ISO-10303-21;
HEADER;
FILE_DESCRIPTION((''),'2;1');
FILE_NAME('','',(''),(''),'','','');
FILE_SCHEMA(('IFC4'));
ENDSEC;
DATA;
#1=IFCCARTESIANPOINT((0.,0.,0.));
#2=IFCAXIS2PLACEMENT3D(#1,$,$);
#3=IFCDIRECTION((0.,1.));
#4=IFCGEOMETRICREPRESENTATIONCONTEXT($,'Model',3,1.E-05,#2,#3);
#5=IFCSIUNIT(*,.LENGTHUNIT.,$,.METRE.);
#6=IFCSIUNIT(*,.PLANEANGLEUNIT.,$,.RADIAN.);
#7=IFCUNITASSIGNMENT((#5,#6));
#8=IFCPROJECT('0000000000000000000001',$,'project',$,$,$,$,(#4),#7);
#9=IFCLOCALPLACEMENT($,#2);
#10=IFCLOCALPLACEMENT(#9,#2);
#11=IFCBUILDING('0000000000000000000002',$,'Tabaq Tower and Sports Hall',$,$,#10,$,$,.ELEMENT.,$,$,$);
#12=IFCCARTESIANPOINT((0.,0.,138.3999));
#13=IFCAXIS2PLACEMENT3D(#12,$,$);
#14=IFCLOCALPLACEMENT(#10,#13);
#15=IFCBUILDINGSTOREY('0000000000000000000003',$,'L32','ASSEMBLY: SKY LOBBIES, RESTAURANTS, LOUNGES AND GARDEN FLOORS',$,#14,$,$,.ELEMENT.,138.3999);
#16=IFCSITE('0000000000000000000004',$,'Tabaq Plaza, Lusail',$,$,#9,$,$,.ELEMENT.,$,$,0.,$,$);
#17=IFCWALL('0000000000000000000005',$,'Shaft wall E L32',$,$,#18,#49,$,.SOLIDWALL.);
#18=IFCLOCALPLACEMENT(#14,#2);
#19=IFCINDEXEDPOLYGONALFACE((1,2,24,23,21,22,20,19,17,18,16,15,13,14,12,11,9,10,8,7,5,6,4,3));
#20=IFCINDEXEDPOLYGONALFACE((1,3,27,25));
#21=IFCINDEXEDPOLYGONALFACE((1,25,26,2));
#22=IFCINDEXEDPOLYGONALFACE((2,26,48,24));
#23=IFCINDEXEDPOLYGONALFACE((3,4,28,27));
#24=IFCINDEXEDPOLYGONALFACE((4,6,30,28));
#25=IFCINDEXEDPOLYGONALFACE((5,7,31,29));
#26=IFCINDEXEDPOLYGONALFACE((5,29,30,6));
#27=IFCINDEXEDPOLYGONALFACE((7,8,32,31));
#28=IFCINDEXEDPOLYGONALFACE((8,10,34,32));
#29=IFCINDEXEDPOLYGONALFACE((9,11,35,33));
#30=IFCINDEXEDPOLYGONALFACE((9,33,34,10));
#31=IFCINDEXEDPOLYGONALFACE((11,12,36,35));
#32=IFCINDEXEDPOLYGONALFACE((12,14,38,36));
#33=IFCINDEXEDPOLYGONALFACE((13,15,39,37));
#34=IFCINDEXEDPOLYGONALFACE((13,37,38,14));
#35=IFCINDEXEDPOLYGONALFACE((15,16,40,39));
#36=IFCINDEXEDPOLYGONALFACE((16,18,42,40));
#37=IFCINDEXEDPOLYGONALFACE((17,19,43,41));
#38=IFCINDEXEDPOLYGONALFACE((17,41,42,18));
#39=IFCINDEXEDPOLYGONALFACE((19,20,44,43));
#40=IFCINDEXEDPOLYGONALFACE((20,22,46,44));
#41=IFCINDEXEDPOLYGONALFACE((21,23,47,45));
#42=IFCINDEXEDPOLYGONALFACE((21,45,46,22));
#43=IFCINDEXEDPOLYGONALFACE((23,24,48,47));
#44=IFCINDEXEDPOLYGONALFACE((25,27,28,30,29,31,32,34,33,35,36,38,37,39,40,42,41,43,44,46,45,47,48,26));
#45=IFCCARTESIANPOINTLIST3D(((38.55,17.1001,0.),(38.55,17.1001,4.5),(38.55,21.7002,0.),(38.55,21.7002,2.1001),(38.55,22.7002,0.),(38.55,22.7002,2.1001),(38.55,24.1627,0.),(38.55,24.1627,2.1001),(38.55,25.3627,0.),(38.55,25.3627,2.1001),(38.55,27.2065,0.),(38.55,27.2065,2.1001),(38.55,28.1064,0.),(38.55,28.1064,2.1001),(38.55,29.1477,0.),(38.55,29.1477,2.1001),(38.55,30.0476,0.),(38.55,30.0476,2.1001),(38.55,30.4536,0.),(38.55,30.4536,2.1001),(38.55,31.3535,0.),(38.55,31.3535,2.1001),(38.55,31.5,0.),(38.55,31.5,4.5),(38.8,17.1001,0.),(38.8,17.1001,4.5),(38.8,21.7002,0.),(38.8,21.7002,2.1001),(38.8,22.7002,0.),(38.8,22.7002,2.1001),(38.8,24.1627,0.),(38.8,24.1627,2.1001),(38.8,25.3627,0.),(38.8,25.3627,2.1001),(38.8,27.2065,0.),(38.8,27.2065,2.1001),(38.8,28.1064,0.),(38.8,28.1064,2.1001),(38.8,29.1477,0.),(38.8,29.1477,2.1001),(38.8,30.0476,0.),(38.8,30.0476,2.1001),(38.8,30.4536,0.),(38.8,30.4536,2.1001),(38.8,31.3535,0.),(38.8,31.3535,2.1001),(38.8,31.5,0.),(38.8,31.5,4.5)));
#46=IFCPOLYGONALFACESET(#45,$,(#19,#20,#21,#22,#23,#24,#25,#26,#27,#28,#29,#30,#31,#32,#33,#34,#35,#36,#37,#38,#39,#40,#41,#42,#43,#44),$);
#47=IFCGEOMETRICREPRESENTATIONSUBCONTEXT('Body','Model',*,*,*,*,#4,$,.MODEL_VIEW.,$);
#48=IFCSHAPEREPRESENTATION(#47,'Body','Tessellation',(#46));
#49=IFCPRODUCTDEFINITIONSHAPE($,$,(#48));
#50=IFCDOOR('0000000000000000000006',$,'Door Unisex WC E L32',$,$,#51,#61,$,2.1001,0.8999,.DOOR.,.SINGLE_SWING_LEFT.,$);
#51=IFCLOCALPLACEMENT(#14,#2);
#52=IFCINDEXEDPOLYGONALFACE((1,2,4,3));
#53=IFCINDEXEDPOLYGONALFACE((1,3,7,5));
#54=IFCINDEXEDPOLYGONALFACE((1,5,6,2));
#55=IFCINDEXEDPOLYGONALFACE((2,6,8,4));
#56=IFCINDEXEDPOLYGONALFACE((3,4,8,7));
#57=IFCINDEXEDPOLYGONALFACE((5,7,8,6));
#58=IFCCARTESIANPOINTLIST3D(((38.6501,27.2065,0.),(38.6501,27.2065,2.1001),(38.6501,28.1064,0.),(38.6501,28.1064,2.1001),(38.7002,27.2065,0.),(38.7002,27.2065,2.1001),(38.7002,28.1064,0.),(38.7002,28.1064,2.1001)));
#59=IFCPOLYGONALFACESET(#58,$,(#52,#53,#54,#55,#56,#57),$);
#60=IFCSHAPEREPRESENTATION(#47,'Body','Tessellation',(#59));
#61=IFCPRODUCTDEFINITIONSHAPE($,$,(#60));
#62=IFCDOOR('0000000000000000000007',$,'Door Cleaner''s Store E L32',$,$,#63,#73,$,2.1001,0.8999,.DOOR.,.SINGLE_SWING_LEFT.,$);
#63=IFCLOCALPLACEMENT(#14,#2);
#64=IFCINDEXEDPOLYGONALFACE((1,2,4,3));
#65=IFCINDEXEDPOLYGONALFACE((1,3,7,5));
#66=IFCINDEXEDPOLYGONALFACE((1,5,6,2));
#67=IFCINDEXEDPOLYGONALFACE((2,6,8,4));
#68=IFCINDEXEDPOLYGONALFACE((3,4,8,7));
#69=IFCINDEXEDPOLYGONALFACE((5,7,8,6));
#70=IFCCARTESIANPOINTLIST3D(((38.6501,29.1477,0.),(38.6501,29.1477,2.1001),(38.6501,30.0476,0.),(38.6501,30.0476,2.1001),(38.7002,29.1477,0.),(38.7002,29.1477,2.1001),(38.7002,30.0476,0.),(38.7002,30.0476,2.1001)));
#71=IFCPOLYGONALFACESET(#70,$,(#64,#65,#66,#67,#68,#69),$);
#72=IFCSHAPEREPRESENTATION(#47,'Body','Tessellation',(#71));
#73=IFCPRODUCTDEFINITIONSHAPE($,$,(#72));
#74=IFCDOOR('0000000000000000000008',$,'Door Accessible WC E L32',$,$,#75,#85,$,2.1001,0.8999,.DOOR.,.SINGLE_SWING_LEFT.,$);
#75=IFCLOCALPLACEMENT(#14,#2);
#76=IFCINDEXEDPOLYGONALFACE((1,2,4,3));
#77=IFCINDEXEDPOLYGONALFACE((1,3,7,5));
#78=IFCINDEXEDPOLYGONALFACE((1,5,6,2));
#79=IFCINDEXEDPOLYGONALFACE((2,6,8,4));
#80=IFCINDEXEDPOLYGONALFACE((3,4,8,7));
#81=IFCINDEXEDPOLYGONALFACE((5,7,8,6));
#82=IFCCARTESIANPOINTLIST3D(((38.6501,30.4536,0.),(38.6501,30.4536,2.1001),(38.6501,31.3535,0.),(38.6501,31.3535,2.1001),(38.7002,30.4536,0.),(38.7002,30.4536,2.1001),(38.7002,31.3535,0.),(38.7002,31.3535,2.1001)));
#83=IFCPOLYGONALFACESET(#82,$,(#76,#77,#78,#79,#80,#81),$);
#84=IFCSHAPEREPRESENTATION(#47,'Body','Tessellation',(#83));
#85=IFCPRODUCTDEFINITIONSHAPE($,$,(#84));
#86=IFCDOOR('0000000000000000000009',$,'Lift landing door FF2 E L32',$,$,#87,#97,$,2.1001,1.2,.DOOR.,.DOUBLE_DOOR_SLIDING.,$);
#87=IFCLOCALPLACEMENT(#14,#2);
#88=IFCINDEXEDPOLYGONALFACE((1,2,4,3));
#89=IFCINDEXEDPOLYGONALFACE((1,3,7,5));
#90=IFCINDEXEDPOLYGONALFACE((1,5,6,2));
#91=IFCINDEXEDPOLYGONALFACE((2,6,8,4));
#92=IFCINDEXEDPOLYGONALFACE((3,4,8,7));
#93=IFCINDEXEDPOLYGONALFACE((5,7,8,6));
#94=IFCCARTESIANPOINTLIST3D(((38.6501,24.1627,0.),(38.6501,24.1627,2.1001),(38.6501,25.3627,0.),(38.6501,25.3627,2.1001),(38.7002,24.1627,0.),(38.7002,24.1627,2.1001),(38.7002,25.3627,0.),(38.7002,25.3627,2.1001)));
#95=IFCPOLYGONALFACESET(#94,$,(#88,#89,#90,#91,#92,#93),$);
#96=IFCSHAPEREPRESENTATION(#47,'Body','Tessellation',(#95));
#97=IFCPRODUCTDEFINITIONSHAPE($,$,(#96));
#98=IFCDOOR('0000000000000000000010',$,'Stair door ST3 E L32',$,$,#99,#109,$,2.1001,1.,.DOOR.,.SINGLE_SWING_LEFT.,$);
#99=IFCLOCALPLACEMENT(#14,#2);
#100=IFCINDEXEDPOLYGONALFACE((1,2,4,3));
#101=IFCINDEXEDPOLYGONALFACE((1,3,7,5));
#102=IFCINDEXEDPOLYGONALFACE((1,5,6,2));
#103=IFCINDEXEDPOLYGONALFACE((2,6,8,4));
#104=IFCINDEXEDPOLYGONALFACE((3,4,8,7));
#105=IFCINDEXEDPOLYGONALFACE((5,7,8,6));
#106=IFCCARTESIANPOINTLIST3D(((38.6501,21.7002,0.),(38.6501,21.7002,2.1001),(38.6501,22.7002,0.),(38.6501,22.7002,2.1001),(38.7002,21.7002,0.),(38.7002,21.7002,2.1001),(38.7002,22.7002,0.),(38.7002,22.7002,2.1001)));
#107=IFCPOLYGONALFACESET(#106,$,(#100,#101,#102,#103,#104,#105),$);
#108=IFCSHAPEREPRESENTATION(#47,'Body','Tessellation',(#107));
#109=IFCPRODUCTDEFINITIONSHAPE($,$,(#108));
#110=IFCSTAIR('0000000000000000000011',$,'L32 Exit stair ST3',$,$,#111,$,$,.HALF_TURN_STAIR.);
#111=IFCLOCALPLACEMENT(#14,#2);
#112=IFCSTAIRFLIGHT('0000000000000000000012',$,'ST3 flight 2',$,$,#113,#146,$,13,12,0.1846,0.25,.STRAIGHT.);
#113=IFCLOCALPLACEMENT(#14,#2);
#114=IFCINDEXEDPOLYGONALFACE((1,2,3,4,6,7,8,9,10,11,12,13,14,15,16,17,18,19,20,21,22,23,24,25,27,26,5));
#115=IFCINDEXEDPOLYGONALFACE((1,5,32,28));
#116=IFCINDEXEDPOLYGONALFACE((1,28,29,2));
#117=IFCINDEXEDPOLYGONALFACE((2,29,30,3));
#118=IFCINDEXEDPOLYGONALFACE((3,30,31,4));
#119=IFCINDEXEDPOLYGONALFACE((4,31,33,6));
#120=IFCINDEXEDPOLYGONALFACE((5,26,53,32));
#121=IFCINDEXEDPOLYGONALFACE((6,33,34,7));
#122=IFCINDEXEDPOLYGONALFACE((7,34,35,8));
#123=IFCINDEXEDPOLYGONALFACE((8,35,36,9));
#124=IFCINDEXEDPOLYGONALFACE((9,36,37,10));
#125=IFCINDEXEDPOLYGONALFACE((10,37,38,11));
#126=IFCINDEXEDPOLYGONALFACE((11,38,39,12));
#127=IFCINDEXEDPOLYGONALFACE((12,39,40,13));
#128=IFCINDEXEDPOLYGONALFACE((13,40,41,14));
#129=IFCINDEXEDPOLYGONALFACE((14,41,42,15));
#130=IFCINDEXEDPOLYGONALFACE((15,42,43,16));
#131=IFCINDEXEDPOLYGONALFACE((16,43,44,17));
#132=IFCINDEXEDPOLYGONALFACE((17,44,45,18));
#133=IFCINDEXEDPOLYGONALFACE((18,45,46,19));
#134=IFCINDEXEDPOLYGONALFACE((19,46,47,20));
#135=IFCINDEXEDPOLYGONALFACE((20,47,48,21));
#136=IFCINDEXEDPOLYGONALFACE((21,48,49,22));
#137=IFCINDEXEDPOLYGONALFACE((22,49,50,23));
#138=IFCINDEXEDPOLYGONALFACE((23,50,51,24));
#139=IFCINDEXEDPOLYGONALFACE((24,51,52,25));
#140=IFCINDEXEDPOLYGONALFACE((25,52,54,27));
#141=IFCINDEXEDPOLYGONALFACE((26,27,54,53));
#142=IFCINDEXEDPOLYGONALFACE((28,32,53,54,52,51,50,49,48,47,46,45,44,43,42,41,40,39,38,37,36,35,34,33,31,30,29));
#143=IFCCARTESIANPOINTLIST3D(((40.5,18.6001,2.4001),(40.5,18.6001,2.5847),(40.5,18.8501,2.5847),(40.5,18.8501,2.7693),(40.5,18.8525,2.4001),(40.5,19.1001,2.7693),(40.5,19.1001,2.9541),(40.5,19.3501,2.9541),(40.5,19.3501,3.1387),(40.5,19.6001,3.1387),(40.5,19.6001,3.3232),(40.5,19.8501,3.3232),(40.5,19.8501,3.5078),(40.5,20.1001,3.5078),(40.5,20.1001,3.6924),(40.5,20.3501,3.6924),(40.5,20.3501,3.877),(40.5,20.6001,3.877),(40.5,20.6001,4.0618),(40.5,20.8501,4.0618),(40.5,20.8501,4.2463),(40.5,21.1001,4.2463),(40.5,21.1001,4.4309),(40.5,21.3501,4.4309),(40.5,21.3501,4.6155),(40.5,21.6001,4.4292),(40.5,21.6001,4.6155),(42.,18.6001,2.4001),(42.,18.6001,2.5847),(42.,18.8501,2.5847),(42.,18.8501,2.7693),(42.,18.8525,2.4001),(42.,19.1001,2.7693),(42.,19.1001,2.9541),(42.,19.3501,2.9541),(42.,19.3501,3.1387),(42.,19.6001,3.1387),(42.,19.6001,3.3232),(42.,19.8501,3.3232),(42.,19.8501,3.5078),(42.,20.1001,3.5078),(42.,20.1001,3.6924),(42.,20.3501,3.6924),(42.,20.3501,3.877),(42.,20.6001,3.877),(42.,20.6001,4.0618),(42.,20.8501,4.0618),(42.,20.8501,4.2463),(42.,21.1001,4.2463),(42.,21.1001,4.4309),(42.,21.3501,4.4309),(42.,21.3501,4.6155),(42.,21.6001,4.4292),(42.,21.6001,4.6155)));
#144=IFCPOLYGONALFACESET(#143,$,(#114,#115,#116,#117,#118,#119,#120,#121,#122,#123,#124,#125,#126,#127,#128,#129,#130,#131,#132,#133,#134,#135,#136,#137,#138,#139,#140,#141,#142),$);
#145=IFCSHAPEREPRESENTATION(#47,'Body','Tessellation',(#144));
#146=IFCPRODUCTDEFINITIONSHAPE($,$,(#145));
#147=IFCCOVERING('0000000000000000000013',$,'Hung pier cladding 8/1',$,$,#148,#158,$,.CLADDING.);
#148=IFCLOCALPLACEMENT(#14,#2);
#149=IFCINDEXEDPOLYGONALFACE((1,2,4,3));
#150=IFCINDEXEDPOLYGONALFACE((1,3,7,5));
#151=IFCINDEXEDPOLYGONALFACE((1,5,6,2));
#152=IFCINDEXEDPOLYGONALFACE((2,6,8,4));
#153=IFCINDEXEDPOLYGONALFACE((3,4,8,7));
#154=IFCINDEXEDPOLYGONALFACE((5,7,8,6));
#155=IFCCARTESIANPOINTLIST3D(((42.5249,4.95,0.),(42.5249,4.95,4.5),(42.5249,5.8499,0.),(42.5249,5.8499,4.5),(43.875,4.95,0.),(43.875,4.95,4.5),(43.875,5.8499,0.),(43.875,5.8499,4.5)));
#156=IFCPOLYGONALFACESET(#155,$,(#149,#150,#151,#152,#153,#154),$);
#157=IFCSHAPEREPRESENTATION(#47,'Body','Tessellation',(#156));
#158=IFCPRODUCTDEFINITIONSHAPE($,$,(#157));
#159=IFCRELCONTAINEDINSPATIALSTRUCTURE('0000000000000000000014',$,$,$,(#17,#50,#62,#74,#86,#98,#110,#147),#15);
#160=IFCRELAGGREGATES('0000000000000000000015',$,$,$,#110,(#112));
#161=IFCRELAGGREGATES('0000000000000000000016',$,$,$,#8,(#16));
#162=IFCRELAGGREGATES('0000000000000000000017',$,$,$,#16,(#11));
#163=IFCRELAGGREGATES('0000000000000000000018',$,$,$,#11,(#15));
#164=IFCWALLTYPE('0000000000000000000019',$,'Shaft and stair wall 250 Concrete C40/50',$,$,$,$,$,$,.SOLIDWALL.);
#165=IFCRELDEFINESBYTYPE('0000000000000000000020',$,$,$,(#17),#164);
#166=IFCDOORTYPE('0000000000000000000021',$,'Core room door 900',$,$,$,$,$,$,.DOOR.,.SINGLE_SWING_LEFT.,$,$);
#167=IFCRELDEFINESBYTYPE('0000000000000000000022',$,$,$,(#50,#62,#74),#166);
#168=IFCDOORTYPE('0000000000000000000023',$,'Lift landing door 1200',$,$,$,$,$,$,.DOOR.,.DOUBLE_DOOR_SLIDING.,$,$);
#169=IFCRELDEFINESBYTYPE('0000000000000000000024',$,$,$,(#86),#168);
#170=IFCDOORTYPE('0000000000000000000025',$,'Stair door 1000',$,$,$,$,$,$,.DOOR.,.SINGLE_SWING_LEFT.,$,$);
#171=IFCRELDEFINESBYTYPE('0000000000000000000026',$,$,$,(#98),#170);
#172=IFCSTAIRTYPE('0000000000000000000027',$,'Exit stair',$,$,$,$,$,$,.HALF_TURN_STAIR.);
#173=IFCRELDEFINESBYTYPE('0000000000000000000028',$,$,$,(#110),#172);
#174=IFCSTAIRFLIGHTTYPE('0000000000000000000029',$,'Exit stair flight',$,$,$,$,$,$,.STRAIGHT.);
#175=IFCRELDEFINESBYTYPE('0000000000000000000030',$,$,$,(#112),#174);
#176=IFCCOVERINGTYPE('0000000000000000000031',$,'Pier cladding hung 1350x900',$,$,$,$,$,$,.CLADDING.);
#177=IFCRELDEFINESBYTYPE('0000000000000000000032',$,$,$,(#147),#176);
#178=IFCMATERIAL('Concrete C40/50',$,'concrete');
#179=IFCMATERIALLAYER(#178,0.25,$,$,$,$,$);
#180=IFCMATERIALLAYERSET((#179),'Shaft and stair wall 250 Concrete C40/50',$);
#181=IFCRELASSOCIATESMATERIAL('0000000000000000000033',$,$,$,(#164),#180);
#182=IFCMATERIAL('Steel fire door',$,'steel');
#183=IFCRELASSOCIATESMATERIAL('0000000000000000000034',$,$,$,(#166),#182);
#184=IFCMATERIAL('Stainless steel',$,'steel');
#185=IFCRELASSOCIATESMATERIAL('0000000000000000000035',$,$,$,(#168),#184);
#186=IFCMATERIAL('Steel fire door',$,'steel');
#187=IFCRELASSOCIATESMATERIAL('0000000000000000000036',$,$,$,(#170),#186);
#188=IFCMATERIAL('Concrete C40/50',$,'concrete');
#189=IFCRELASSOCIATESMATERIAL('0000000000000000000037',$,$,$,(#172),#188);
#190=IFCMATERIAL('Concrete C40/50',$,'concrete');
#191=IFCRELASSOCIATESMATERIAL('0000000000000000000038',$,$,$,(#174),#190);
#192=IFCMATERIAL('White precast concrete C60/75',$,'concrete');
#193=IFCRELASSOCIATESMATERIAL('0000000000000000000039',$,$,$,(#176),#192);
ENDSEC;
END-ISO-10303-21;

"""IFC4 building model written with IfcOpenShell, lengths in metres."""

from ifc_helpers import new_model, si_unit, direction, frame, frame_2d, origin, place, context, subcontext, project, spatial, polyline, rectangle, outline, extrude, material, layer, layer_set, type_object, element, fill, aggregate, save


model = new_model("IFC4")

# Units and contexts
model_context = context("Model", 3, precision=1e-05, world=origin(), true_north=direction((0.0, 1.0)))
body_context = subcontext(model_context, "Body", "Model", "MODEL_VIEW")
ifc_project = project(units=[si_unit("LENGTHUNIT", "METRE"), si_unit("PLANEANGLEUNIT", "RADIAN")], contexts=[model_context])

# Site, building, storey
site_placement = place(None, origin())
site = spatial("IfcSite", under=ifc_project, at=site_placement, Name="Tabaq Plaza, Lusail", CompositionType="ELEMENT", RefElevation=0.0)
building_placement = place(site_placement, origin())
building = spatial("IfcBuilding", under=site, at=building_placement, Name="Tabaq Tower and Sports Hall", CompositionType="ELEMENT")
storey_placement = place(building_placement, frame((0.0, 0.0, 138.3999)))
storey = spatial("IfcBuildingStorey", under=building, at=storey_placement, Name="L32", Description="ASSEMBLY: SKY LOBBIES, RESTAURANTS, LOUNGES AND GARDEN FLOORS", CompositionType="ELEMENT", Elevation=138.3999)

# Wall, openings, doors
ifc_material_1 = material(Name="Concrete C40/50", Category="concrete")
ifc_layer_1 = layer(ifc_material_1, 0.25)
ifc_layer_set_1 = layer_set([ifc_layer_1], Name="Shaft and stair wall 250 Concrete C40/50")
wall_type_1 = type_object("IfcWallType", Name="Shaft and stair wall 250 Concrete C40/50", PredefinedType="SOLIDWALL", material=ifc_layer_set_1)
wall_1_placement = place(storey_placement, frame((38.675, 17.1001, 0.0), z_axis=(0.0, 0.0, 1.0), x_axis=(0.0, 1.0, 0.0)))
wall_1 = element("IfcWall", 1, at=wall_1_placement, inside=storey, type_object=wall_type_1, Name="Shaft wall E L32", PredefinedType="SOLIDWALL", context=body_context, shape_type="SweptSolid", body=[
    extrude(rectangle(XDim=14.3999, YDim=0.25, at=frame_2d((7.2, 0.0))), origin(), (0.0, 0.0, 1.0), 4.5),
])
opening_1_placement = place(wall_1_placement, frame((4.6001, 0.0, 0.0)))
opening_1 = element("IfcOpeningElement", 2, at=opening_1_placement, cuts=wall_1, PredefinedType="OPENING", context=body_context, shape_type="SweptSolid", body=[
    extrude(rectangle(XDim=1.0, YDim=2.1001, at=frame_2d((0.5, 1.05))), frame((0.0, 0.125, 0.0), z_axis=(0.0, -1.0, 0.0), x_axis=(1.0, 0.0, 0.0)), (0.0, 0.0, 1.0), 0.25),
])
opening_2_placement = place(wall_1_placement, frame((7.0625, 0.0, 0.0)))
opening_2 = element("IfcOpeningElement", 3, at=opening_2_placement, cuts=wall_1, PredefinedType="OPENING", context=body_context, shape_type="SweptSolid", body=[
    extrude(rectangle(XDim=1.2, YDim=2.1001, at=frame_2d((0.6001, 1.05))), frame((0.0, 0.125, 0.0), z_axis=(0.0, -1.0, 0.0), x_axis=(1.0, 0.0, 0.0)), (0.0, 0.0, 1.0), 0.25),
])
opening_3_placement = place(wall_1_placement, frame((10.1064, 0.0, 0.0)))
opening_3 = element("IfcOpeningElement", 4, at=opening_3_placement, cuts=wall_1, PredefinedType="OPENING", context=body_context, shape_type="SweptSolid", body=[
    extrude(rectangle(XDim=0.8999, YDim=2.1001, at=frame_2d((0.45, 1.05))), frame((0.0, 0.125, 0.0), z_axis=(0.0, -1.0, 0.0), x_axis=(1.0, 0.0, 0.0)), (0.0, 0.0, 1.0), 0.25),
])
opening_4_placement = place(wall_1_placement, frame((12.0476, 0.0, 0.0)))
opening_4 = element("IfcOpeningElement", 5, at=opening_4_placement, cuts=wall_1, PredefinedType="OPENING", context=body_context, shape_type="SweptSolid", body=[
    extrude(rectangle(XDim=0.8999, YDim=2.1001, at=frame_2d((0.45, 1.05))), frame((0.0, 0.125, 0.0), z_axis=(0.0, -1.0, 0.0), x_axis=(1.0, 0.0, 0.0)), (0.0, 0.0, 1.0), 0.25),
])
opening_5_placement = place(wall_1_placement, frame((13.3535, 0.0, 0.0)))
opening_5 = element("IfcOpeningElement", 6, at=opening_5_placement, cuts=wall_1, PredefinedType="OPENING", context=body_context, shape_type="SweptSolid", body=[
    extrude(rectangle(XDim=0.8999, YDim=2.1001, at=frame_2d((0.45, 1.05))), frame((0.0, 0.125, 0.0), z_axis=(0.0, -1.0, 0.0), x_axis=(1.0, 0.0, 0.0)), (0.0, 0.0, 1.0), 0.25),
])
ifc_material_2 = material(Name="Steel fire door", Category="steel")
door_type_1 = type_object("IfcDoorType", Name="Core room door 900", OperationType="SINGLE_SWING_LEFT", PredefinedType="DOOR", material=ifc_material_2)
door_1_placement = place(opening_3_placement, origin())
door_1 = element("IfcDoor", 7, at=door_1_placement, inside=storey, type_object=door_type_1, Name="Door Unisex WC E L32", OperationType="SINGLE_SWING_LEFT", OverallHeight=2.1001, OverallWidth=0.8999, PredefinedType="DOOR", context=body_context, shape_type="SweptSolid", body=[
    extrude(rectangle(XDim=0.8999, YDim=2.1001, at=frame_2d((0.45, 1.05))), frame((0.0, 0.0249, 0.0), z_axis=(0.0, -1.0, 0.0), x_axis=(1.0, 0.0, 0.0)), (0.0, 0.0, 1.0), 0.05),
])
fill(opening_3, door_1)
door_2_placement = place(opening_4_placement, origin())
door_2 = element("IfcDoor", 8, at=door_2_placement, inside=storey, type_object=door_type_1, Name="Door Cleaner's Store E L32", OperationType="SINGLE_SWING_LEFT", OverallHeight=2.1001, OverallWidth=0.8999, PredefinedType="DOOR", context=body_context, shape_type="SweptSolid", body=[
    extrude(rectangle(XDim=0.8999, YDim=2.1001, at=frame_2d((0.45, 1.05))), frame((0.0, 0.0249, 0.0), z_axis=(0.0, -1.0, 0.0), x_axis=(1.0, 0.0, 0.0)), (0.0, 0.0, 1.0), 0.05),
])
fill(opening_4, door_2)
door_3_placement = place(opening_5_placement, origin())
door_3 = element("IfcDoor", 9, at=door_3_placement, inside=storey, type_object=door_type_1, Name="Door Accessible WC E L32", OperationType="SINGLE_SWING_LEFT", OverallHeight=2.1001, OverallWidth=0.8999, PredefinedType="DOOR", context=body_context, shape_type="SweptSolid", body=[
    extrude(rectangle(XDim=0.8999, YDim=2.1001, at=frame_2d((0.45, 1.05))), frame((0.0, 0.0249, 0.0), z_axis=(0.0, -1.0, 0.0), x_axis=(1.0, 0.0, 0.0)), (0.0, 0.0, 1.0), 0.05),
])
fill(opening_5, door_3)
ifc_material_3 = material(Name="Stainless steel", Category="steel")
door_type_2 = type_object("IfcDoorType", Name="Lift landing door 1200", OperationType="DOUBLE_DOOR_SLIDING", PredefinedType="DOOR", material=ifc_material_3)
door_4_placement = place(opening_2_placement, origin())
door_4 = element("IfcDoor", 10, at=door_4_placement, inside=storey, type_object=door_type_2, Name="Lift landing door FF2 E L32", OperationType="DOUBLE_DOOR_SLIDING", OverallHeight=2.1001, OverallWidth=1.2, PredefinedType="DOOR", context=body_context, shape_type="SweptSolid", body=[
    extrude(rectangle(XDim=1.2, YDim=2.1001, at=frame_2d((0.6001, 1.05))), frame((0.0, 0.0249, 0.0), z_axis=(0.0, -1.0, 0.0), x_axis=(1.0, 0.0, 0.0)), (0.0, 0.0, 1.0), 0.05),
])
fill(opening_2, door_4)
ifc_material_4 = material(Name="Steel fire door", Category="steel")
door_type_3 = type_object("IfcDoorType", Name="Stair door 1000", OperationType="SINGLE_SWING_LEFT", PredefinedType="DOOR", material=ifc_material_4)
door_5_placement = place(opening_1_placement, origin())
door_5 = element("IfcDoor", 11, at=door_5_placement, inside=storey, type_object=door_type_3, Name="Stair door ST3 E L32", OperationType="SINGLE_SWING_LEFT", OverallHeight=2.1001, OverallWidth=1.0, PredefinedType="DOOR", context=body_context, shape_type="SweptSolid", body=[
    extrude(rectangle(XDim=1.0, YDim=2.1001, at=frame_2d((0.5, 1.05))), frame((0.0, 0.0249, 0.0), z_axis=(0.0, -1.0, 0.0), x_axis=(1.0, 0.0, 0.0)), (0.0, 0.0, 1.0), 0.05),
])
fill(opening_1, door_5)

# Stair, stair flight
ifc_material_5 = material(Name="Concrete C40/50", Category="concrete")
stair_type = type_object("IfcStairType", Name="Exit stair", PredefinedType="HALF_TURN_STAIR", material=ifc_material_5)
stair_placement = place(storey_placement, origin())
stair = element("IfcStair", 12, at=stair_placement, inside=storey, type_object=stair_type, Name="L32 Exit stair ST3", PredefinedType="HALF_TURN_STAIR")
ifc_material_6 = material(Name="Concrete C40/50", Category="concrete")
stair_flight_type = type_object("IfcStairFlightType", Name="Exit stair flight", PredefinedType="STRAIGHT", material=ifc_material_6)
stair_flight_placement = place(storey_placement, frame((41.25, 18.6001, 2.4001), z_axis=(0.0, 0.0, 1.0), x_axis=(0.0, 1.0, 0.0)))
stair_flight = element("IfcStairFlight", 13, at=stair_flight_placement, type_object=stair_flight_type, Name="ST3 flight 2", NumberOfRisers=13, NumberOfTreads=12, PredefinedType="STRAIGHT", RiserHeight=0.1846, TreadLength=0.25, context=body_context, shape_type="SweptSolid", body=[
    extrude(outline(polyline([(0.0, 0.0), (0.0, 0.1846), (0.25, 0.1846), (0.25, 0.3691), (0.5, 0.3691), (0.5, 0.554), (0.75, 0.554), (0.75, 0.7385), (1.0, 0.7385), (1.0, 0.9231), (1.25, 0.9231), (1.25, 1.1077), (1.5, 1.1077), (1.5, 1.2922), (1.75, 1.2922), (1.75, 1.4768), (2.0, 1.4768), (2.0, 1.6616), (2.25, 1.6616), (2.25, 1.8462), (2.5, 1.8462), (2.5, 2.0308), (2.75, 2.0308), (2.75, 2.2153), (3.0, 2.2153), (3.0, 2.3999), (3.0, 2.0291), (0.2524, 0.0), (0.0, 0.0)])), frame((0.0, 0.75, 0.0), z_axis=(0.0, -1.0, 0.0), x_axis=(1.0, 0.0, 0.0)), (0.0, 0.0, 1.0), 1.5),
])
aggregate(stair, [stair_flight])

# Covering
ifc_material_7 = material(Name="White precast concrete C60/75", Category="concrete")
covering_type = type_object("IfcCoveringType", Name="Pier cladding hung 1350x900", PredefinedType="CLADDING", material=ifc_material_7)
covering_placement = place(storey_placement, frame((42.5249, 5.3999, 0.0), z_axis=(0.0, 0.0, 1.0), x_axis=(1.0, 0.0, 0.0)))
element("IfcCovering", 14, at=covering_placement, inside=storey, type_object=covering_type, Name="Hung pier cladding 8/1", PredefinedType="CLADDING", context=body_context, shape_type="SweptSolid", body=[
    extrude(rectangle(XDim=1.3501, YDim=0.8999, at=frame_2d((0.675, 0.0))), origin(), (0.0, 0.0, 1.0), 4.5),
])

save(model, "model.ifc")
